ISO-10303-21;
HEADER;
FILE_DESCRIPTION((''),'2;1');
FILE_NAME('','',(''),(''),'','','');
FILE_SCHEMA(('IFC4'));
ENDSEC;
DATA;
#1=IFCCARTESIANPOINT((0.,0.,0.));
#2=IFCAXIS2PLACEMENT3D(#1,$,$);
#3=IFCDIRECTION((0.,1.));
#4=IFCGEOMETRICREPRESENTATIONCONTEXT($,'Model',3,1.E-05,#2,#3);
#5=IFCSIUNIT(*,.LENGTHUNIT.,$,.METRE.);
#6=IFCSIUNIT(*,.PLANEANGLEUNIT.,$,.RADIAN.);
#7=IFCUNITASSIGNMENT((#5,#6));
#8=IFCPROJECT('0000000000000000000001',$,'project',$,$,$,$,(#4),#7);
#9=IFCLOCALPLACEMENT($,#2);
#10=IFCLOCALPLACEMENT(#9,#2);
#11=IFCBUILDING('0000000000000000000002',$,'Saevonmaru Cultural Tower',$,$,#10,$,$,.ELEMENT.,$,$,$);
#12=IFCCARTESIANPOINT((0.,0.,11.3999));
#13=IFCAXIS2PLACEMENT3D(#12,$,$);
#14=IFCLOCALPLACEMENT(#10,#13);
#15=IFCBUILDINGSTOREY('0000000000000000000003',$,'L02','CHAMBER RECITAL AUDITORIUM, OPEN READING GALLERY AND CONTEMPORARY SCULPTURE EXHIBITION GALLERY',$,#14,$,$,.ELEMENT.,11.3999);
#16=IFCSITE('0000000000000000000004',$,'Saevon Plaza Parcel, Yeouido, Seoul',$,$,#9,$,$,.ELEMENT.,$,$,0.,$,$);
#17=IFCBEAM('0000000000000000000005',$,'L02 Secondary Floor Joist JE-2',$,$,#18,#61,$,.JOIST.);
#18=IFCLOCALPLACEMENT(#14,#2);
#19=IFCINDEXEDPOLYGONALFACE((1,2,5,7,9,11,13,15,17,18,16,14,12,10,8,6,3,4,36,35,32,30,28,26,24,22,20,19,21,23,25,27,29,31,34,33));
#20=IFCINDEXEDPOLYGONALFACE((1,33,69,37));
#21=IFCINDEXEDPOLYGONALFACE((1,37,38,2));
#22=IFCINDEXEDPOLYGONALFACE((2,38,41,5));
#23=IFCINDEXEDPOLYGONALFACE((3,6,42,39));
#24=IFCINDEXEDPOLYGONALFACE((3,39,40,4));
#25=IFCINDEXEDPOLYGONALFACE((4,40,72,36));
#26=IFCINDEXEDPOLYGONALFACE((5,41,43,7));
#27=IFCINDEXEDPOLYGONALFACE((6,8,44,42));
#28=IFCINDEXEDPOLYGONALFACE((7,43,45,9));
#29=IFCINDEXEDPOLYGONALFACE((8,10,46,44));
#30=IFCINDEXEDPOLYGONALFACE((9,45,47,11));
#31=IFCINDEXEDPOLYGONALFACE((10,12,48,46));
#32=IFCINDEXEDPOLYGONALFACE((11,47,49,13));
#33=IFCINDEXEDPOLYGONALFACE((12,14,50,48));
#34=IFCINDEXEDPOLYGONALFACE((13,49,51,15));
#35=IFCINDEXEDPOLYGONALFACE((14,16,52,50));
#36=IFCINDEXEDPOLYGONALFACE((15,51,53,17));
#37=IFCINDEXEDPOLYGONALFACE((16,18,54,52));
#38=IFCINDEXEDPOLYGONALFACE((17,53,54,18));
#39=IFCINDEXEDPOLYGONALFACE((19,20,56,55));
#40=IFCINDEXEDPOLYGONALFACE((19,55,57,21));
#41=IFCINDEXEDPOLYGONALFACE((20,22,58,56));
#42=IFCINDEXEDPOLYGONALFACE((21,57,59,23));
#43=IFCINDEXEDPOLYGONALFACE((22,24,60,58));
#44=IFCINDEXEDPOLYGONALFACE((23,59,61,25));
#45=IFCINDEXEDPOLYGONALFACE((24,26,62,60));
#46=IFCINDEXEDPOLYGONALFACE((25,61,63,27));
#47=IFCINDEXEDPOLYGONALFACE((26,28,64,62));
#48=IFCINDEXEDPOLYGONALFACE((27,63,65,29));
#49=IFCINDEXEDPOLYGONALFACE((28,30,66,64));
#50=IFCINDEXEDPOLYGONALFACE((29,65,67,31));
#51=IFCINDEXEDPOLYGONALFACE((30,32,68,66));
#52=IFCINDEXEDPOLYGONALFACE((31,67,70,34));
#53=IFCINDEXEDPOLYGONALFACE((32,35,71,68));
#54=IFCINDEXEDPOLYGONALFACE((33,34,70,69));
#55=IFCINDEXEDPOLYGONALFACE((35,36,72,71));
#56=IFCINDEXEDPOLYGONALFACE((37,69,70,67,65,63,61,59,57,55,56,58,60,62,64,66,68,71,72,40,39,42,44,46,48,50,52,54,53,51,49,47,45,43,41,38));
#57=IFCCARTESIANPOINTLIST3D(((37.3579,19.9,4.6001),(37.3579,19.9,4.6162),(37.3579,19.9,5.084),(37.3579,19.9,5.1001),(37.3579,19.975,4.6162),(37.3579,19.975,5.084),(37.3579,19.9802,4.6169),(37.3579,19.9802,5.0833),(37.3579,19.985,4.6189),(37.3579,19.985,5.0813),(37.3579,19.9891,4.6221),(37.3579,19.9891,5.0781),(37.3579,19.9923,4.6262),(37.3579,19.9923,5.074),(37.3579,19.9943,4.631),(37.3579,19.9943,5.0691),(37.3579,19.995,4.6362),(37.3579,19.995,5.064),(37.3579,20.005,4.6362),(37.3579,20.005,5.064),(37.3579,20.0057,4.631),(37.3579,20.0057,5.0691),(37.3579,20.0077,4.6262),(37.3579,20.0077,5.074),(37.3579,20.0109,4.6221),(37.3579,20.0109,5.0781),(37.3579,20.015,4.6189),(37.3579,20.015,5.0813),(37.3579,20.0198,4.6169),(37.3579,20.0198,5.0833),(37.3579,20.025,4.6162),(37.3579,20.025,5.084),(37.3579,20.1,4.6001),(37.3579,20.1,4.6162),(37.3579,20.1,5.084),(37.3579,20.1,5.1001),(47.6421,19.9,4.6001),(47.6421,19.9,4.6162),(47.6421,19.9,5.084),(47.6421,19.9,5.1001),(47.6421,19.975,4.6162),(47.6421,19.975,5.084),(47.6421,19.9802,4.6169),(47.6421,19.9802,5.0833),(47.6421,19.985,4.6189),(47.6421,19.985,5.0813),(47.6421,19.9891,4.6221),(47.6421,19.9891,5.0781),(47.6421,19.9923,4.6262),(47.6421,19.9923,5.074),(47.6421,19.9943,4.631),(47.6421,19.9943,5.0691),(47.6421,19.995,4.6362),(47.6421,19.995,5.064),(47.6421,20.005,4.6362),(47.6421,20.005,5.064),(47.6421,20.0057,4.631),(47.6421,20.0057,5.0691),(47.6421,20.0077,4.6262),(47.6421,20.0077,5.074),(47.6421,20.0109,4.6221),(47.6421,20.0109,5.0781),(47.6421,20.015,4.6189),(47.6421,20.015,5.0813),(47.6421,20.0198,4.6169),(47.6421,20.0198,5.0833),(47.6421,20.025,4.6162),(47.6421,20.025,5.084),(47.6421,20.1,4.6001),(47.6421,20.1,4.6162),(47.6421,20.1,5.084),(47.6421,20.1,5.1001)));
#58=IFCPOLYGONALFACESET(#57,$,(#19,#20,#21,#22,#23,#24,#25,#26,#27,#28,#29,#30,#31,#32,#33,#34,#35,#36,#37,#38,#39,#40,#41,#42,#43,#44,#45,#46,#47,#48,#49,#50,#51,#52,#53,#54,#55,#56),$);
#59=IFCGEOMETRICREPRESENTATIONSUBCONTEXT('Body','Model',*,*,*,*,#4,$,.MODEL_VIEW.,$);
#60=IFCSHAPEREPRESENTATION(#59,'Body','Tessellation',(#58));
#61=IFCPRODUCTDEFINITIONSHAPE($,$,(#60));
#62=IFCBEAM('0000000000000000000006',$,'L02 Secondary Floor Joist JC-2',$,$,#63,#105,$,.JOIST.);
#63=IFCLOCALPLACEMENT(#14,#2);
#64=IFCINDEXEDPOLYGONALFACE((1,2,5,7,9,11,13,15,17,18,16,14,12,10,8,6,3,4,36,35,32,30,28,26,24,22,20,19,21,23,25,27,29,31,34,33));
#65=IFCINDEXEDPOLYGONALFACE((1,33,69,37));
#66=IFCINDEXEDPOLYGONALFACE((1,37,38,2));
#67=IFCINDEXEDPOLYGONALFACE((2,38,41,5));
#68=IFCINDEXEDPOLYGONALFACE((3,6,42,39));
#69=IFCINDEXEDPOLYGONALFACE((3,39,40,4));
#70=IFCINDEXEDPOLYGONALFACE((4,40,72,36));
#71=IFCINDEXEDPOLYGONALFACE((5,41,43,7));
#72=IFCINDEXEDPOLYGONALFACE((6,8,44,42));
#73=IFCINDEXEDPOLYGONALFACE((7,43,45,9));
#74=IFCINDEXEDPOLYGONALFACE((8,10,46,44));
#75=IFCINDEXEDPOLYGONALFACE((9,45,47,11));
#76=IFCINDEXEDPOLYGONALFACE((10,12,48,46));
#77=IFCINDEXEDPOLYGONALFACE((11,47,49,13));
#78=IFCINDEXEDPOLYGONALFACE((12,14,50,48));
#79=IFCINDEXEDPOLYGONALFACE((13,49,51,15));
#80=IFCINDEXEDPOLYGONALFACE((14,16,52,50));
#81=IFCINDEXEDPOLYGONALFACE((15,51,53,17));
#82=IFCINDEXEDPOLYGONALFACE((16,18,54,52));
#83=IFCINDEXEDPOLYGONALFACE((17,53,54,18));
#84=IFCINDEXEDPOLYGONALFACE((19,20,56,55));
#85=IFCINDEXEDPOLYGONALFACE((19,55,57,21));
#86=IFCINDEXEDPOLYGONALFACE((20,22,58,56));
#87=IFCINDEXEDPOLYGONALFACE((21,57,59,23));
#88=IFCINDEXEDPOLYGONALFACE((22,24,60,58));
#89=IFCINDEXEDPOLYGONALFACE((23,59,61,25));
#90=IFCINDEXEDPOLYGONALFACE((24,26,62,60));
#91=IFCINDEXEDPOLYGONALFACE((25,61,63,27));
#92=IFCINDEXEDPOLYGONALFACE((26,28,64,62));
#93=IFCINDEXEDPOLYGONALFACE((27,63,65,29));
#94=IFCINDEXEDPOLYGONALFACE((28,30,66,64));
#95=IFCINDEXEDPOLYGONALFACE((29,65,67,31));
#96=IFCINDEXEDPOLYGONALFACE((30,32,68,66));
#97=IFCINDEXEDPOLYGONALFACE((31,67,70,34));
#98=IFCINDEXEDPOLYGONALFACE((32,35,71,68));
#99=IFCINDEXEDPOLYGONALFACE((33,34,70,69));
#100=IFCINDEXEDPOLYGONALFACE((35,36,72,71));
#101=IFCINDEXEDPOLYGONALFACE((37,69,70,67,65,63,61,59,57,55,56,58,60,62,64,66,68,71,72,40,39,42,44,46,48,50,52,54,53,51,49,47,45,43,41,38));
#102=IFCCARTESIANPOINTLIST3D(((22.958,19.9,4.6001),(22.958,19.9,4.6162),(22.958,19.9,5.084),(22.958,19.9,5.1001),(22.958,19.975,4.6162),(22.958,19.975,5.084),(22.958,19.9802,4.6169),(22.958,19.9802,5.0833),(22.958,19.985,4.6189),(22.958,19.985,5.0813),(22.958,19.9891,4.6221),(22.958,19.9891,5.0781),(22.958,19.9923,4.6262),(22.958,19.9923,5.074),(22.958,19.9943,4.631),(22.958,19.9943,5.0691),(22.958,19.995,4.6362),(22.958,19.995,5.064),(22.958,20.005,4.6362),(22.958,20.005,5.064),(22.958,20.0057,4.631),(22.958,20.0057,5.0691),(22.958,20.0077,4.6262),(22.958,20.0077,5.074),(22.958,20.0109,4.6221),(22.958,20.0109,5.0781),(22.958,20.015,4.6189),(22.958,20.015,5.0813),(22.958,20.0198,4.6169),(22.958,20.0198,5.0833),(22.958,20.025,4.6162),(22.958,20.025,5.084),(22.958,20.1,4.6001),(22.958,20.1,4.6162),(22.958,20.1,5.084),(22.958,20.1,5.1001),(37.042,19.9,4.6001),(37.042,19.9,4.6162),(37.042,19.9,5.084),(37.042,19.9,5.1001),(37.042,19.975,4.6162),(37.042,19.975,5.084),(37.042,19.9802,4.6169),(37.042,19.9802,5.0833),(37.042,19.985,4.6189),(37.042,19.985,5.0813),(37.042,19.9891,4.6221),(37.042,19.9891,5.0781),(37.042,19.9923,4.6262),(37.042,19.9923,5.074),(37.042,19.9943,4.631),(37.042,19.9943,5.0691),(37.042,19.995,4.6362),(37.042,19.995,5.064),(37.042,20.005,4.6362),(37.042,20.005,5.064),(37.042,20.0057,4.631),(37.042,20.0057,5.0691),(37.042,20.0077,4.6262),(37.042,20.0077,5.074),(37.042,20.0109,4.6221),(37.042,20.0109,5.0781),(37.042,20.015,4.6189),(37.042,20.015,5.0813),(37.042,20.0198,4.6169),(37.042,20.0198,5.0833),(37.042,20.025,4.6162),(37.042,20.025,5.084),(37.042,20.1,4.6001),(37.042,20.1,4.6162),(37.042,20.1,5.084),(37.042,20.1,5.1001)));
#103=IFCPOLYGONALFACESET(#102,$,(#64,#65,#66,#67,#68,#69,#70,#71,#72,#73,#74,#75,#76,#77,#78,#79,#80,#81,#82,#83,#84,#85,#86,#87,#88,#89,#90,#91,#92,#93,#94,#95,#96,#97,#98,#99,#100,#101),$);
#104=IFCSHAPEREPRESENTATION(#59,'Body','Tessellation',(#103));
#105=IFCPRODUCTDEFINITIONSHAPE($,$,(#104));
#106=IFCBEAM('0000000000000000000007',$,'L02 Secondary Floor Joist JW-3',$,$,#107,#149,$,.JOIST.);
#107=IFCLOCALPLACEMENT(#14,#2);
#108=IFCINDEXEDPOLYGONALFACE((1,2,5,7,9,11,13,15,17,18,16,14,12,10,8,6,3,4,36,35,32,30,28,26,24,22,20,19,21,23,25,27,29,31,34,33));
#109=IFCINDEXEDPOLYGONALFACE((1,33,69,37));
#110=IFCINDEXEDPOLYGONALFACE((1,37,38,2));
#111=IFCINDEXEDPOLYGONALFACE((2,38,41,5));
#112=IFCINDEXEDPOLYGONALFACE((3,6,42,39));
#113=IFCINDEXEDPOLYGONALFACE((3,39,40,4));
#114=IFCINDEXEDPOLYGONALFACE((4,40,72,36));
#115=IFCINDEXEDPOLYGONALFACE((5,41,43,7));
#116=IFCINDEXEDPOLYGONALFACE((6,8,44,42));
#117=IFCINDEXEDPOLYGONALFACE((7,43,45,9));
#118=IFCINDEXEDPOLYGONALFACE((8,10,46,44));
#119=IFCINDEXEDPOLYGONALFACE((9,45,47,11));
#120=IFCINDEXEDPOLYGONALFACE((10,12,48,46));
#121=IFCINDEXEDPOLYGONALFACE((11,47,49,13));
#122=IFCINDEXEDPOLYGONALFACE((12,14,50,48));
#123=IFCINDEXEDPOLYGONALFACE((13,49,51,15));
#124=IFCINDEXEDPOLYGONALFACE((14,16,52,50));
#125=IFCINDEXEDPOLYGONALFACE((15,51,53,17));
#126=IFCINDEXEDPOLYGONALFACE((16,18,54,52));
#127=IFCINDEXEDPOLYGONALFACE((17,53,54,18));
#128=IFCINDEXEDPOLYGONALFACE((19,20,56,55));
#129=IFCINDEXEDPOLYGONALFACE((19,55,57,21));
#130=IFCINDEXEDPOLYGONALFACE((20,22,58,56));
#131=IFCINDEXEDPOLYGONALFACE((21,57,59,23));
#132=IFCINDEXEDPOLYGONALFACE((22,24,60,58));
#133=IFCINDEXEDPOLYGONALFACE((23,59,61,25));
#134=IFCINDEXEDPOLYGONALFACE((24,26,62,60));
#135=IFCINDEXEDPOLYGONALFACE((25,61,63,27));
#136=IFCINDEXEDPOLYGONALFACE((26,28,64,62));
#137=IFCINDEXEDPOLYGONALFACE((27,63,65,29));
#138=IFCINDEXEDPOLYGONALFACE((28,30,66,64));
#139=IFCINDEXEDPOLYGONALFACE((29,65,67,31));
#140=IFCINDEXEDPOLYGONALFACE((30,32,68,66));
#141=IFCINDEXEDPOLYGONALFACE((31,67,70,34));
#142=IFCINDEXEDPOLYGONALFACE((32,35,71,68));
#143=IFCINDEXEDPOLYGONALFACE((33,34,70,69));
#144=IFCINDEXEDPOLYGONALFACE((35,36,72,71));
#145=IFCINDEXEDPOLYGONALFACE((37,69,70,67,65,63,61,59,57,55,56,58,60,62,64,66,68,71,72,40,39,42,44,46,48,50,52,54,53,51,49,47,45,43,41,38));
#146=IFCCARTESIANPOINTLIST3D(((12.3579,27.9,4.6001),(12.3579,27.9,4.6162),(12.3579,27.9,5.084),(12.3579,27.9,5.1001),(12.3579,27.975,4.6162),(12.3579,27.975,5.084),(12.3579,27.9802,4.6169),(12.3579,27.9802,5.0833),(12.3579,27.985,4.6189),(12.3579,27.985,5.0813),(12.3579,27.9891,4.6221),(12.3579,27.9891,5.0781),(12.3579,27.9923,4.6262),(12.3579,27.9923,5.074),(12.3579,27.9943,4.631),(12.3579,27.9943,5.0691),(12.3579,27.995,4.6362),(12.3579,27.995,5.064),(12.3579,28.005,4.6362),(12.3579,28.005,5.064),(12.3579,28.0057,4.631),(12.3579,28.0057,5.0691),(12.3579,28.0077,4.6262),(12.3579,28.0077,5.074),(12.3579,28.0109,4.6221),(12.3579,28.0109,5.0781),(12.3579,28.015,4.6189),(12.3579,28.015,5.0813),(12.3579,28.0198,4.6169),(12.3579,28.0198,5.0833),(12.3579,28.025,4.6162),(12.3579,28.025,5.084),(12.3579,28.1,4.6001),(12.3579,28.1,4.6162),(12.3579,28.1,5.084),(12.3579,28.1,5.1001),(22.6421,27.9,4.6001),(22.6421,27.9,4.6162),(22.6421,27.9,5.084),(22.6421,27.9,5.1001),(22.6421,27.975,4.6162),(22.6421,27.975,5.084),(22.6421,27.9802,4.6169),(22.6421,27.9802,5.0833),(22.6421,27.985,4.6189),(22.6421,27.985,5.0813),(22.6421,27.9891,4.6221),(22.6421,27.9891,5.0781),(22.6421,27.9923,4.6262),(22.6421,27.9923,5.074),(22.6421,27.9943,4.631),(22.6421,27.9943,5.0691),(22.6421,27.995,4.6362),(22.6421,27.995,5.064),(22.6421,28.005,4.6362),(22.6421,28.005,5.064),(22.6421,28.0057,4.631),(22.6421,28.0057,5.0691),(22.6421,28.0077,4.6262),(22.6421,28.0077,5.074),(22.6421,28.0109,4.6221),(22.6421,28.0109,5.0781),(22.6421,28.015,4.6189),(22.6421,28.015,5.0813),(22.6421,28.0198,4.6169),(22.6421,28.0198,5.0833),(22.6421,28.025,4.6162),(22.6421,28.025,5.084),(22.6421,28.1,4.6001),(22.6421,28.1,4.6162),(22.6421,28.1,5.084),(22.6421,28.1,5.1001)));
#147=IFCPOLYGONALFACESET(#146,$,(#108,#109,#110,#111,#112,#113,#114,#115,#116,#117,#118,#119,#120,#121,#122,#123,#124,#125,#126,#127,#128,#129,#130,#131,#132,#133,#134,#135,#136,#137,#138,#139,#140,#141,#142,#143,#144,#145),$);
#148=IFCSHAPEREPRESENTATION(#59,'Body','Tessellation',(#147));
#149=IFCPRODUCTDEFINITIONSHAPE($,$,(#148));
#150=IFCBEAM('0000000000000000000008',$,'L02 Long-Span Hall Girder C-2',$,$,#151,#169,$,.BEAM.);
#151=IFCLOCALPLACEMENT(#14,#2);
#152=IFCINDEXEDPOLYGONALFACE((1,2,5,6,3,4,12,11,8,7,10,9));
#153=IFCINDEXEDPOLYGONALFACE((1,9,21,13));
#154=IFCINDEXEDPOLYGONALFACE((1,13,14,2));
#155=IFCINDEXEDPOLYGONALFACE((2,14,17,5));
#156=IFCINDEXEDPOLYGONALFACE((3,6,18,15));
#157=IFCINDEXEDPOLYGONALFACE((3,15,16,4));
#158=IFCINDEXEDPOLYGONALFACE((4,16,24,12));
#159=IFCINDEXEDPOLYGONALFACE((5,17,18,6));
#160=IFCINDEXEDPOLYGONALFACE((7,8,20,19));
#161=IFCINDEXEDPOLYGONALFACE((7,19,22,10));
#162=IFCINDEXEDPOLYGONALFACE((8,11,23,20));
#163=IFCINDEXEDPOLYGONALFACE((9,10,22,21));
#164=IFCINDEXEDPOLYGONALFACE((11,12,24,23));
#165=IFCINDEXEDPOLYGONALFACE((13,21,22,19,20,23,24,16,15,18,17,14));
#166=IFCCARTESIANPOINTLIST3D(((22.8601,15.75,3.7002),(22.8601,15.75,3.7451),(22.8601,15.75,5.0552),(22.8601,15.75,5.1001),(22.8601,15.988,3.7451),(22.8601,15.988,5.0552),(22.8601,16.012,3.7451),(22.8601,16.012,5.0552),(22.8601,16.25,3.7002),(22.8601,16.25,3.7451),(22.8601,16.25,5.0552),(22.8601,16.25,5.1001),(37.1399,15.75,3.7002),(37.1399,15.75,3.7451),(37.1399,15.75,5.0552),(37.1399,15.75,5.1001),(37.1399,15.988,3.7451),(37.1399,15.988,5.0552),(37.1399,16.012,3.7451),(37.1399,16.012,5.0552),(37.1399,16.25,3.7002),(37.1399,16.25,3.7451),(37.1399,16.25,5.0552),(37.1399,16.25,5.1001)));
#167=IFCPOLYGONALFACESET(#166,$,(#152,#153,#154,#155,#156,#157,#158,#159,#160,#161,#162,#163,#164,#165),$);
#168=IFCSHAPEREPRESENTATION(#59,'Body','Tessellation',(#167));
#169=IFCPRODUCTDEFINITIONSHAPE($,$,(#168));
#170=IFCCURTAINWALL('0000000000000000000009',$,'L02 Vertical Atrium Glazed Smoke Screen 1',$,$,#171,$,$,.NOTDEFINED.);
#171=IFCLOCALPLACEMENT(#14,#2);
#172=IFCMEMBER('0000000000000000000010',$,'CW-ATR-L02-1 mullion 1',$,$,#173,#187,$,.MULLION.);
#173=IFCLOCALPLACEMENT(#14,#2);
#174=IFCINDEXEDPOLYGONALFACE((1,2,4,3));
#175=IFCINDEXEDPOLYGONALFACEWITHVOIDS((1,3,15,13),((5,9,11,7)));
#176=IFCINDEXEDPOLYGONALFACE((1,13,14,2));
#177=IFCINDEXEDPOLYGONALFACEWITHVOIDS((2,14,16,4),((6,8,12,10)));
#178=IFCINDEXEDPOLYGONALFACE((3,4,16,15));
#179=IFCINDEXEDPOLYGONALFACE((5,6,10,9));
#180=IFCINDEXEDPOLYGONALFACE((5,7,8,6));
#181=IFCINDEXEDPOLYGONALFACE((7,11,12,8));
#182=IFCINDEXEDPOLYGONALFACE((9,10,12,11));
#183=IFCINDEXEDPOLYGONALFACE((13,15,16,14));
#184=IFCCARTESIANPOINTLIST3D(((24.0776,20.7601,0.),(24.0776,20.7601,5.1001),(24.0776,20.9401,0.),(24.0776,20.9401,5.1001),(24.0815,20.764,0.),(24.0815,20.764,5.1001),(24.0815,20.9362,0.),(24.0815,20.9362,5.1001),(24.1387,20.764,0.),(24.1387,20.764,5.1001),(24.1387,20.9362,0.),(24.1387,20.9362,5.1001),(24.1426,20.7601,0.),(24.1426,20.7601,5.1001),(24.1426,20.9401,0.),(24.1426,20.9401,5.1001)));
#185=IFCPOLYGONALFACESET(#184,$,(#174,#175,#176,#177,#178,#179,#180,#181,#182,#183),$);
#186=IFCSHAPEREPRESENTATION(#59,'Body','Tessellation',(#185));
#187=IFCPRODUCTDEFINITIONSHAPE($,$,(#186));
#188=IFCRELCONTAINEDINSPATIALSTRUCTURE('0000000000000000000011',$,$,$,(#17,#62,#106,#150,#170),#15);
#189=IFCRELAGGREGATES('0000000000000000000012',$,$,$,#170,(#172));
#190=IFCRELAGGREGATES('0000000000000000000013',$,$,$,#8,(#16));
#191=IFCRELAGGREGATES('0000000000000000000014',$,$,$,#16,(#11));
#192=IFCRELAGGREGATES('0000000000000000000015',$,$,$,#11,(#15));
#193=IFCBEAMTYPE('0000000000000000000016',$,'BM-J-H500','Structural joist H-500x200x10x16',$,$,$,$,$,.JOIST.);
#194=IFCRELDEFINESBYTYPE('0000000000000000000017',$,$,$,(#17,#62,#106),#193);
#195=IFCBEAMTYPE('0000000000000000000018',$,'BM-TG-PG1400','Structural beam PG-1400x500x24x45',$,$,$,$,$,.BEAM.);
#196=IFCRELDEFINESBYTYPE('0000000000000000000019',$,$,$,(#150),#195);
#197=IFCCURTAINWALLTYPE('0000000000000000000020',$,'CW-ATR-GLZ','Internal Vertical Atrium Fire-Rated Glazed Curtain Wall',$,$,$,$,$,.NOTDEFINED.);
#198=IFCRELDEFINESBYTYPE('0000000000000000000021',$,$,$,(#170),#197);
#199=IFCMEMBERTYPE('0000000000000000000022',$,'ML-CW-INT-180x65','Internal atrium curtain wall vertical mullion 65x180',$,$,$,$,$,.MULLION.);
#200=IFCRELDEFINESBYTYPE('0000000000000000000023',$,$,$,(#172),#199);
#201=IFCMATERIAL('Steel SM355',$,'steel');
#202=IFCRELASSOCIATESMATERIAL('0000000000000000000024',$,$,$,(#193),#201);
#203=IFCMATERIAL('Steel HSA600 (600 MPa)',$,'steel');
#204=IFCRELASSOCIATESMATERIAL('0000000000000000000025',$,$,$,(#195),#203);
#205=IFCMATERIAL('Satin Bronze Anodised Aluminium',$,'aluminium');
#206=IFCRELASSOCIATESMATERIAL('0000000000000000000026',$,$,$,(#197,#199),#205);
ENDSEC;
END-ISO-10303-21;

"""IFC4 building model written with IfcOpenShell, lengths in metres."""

from ifc_helpers import new_model, si_unit, direction, frame, origin, origin_2d, place, context, subcontext, project, spatial, hollow_rectangle, i_section, extrude, material, material_profile, profile_set, type_object, element, aggregate, save


model = new_model("IFC4")

# Units and contexts
model_context = context("Model", 3, precision=1e-05, world=origin(), true_north=direction((0.0, 1.0)))
body_context = subcontext(model_context, "Body", "Model", "MODEL_VIEW")
ifc_project = project(units=[si_unit("LENGTHUNIT", "METRE"), si_unit("PLANEANGLEUNIT", "RADIAN")], contexts=[model_context])

# Site, building, storey
site_placement = place(None, origin())
site = spatial("IfcSite", under=ifc_project, at=site_placement, Name="Saevon Plaza Parcel, Yeouido, Seoul", CompositionType="ELEMENT", RefElevation=0.0)
building_placement = place(site_placement, origin())
building = spatial("IfcBuilding", under=site, at=building_placement, Name="Saevonmaru Cultural Tower", CompositionType="ELEMENT")
storey_placement = place(building_placement, frame((0.0, 0.0, 11.3999)))
storey = spatial("IfcBuildingStorey", under=building, at=storey_placement, Name="L02", Description="CHAMBER RECITAL AUDITORIUM, OPEN READING GALLERY AND CONTEMPORARY SCULPTURE EXHIBITION GALLERY", CompositionType="ELEMENT", Elevation=11.3999)

# Beams
ifc_material_1 = material(Name="Steel SM355", Category="steel")
ifc_material_profile_1 = material_profile(ifc_material_1, i_section(OverallWidth=0.2, OverallDepth=0.5, WebThickness=0.01, FlangeThickness=0.0161, FilletRadius=0.02, at=origin_2d()), Name="H-500x200x10x16")
ifc_profile_set_1 = profile_set([ifc_material_profile_1], Name="Steel SM355")
beam_type_1 = type_object("IfcBeamType", Name="BM-J-H500", Description="Structural joist H-500x200x10x16", PredefinedType="JOIST", material=ifc_profile_set_1)
for number, where, z_axis, x_axis, name in (
    (1, (37.3579, 20.0, 4.8501), (1.0, 0.0, 0.0), (0.0, 1.0, 0.0), "L02 Secondary Floor Joist JE-2"),
):
    element("IfcBeam", number, at=place(storey_placement, frame(where, z_axis=z_axis, x_axis=x_axis)), inside=storey, type_object=beam_type_1, Name=name, PredefinedType="JOIST", context=body_context, shape_type="SweptSolid", body=[
        extrude(i_section(OverallWidth=0.2, OverallDepth=0.5, WebThickness=0.01, FlangeThickness=0.0161, FilletRadius=0.02, at=origin_2d()), origin(), (0.0, 0.0, 1.0), 10.2842),
    ])
beam_1_placement = place(storey_placement, frame((22.958, 20.0, 4.8501), z_axis=(1.0, 0.0, 0.0), x_axis=(0.0, 1.0, 0.0)))
element("IfcBeam", 2, at=beam_1_placement, inside=storey, type_object=beam_type_1, Name="L02 Secondary Floor Joist JC-2", PredefinedType="JOIST", context=body_context, shape_type="SweptSolid", body=[
    extrude(i_section(OverallWidth=0.2, OverallDepth=0.5, WebThickness=0.01, FlangeThickness=0.0161, FilletRadius=0.02, at=origin_2d()), origin(), (0.0, 0.0, 1.0), 14.084),
])
beam_2_placement = place(storey_placement, frame((12.3579, 28.0, 4.8501), z_axis=(1.0, 0.0, 0.0), x_axis=(0.0, 1.0, 0.0)))
element("IfcBeam", 3, at=beam_2_placement, inside=storey, type_object=beam_type_1, Name="L02 Secondary Floor Joist JW-3", PredefinedType="JOIST", context=body_context, shape_type="SweptSolid", body=[
    extrude(i_section(OverallWidth=0.2, OverallDepth=0.5, WebThickness=0.01, FlangeThickness=0.0161, FilletRadius=0.02, at=origin_2d()), origin(), (0.0, 0.0, 1.0), 10.2842),
])
ifc_material_2 = material(Name="Steel HSA600 (600 MPa)", Category="steel")
ifc_material_profile_2 = material_profile(ifc_material_2, i_section(OverallWidth=0.5, OverallDepth=1.3999, WebThickness=0.0239, FlangeThickness=0.0449, at=origin_2d()), Name="PG-1400x500x24x45")
ifc_profile_set_2 = profile_set([ifc_material_profile_2], Name="Steel HSA600 (600 MPa)")
beam_type_2 = type_object("IfcBeamType", Name="BM-TG-PG1400", Description="Structural beam PG-1400x500x24x45", PredefinedType="BEAM", material=ifc_profile_set_2)
beam_3_placement = place(storey_placement, frame((22.8601, 16.0, 4.4001), z_axis=(1.0, 0.0, 0.0), x_axis=(0.0, 1.0, 0.0)))
element("IfcBeam", 4, at=beam_3_placement, inside=storey, type_object=beam_type_2, Name="L02 Long-Span Hall Girder C-2", PredefinedType="BEAM", context=body_context, shape_type="SweptSolid", body=[
    extrude(i_section(OverallWidth=0.5, OverallDepth=1.3999, WebThickness=0.0239, FlangeThickness=0.0449, at=origin_2d()), origin(), (0.0, 0.0, 1.0), 14.2798),
])

# Curtain wall, member
ifc_material_3 = material(Name="Satin Bronze Anodised Aluminium", Category="aluminium")
curtain_wall_type = type_object("IfcCurtainWallType", Name="CW-ATR-GLZ", Description="Internal Vertical Atrium Fire-Rated Glazed Curtain Wall", PredefinedType="NOTDEFINED", material=ifc_material_3)
curtain_wall_1_placement = place(storey_placement, origin())
curtain_wall_1 = element("IfcCurtainWall", 5, at=curtain_wall_1_placement, inside=storey, type_object=curtain_wall_type, Name="L02 Vertical Atrium Glazed Smoke Screen 1", PredefinedType="NOTDEFINED")
ifc_material_profile_3 = material_profile(ifc_material_3, hollow_rectangle(XDim=0.0649, YDim=0.1799, WallThickness=0.0039, at=origin_2d()), Name="ALU-MULL-180x65x4")
ifc_profile_set_3 = profile_set([ifc_material_profile_3], Name="Satin Bronze Anodised Aluminium")
member_type_1 = type_object("IfcMemberType", Name="ML-CW-INT-180x65", Description="Internal atrium curtain wall vertical mullion 65x180", PredefinedType="MULLION", material=ifc_profile_set_3)
member_1_placement = place(storey_placement, frame((24.1101, 20.8501, 0.0), z_axis=(0.0, 0.0, 1.0), x_axis=(1.0, 0.0, 0.0)))
member_1 = element("IfcMember", 6, at=member_1_placement, type_object=member_type_1, Name="CW-ATR-L02-1 mullion 1", PredefinedType="MULLION", context=body_context, shape_type="SweptSolid", body=[
    extrude(hollow_rectangle(XDim=0.0649, YDim=0.1799, WallThickness=0.0039, at=origin_2d()), origin(), (0.0, 0.0, 1.0), 5.1001),
])

aggregate(curtain_wall_1, [member_1])

save(model, "model.ifc")
